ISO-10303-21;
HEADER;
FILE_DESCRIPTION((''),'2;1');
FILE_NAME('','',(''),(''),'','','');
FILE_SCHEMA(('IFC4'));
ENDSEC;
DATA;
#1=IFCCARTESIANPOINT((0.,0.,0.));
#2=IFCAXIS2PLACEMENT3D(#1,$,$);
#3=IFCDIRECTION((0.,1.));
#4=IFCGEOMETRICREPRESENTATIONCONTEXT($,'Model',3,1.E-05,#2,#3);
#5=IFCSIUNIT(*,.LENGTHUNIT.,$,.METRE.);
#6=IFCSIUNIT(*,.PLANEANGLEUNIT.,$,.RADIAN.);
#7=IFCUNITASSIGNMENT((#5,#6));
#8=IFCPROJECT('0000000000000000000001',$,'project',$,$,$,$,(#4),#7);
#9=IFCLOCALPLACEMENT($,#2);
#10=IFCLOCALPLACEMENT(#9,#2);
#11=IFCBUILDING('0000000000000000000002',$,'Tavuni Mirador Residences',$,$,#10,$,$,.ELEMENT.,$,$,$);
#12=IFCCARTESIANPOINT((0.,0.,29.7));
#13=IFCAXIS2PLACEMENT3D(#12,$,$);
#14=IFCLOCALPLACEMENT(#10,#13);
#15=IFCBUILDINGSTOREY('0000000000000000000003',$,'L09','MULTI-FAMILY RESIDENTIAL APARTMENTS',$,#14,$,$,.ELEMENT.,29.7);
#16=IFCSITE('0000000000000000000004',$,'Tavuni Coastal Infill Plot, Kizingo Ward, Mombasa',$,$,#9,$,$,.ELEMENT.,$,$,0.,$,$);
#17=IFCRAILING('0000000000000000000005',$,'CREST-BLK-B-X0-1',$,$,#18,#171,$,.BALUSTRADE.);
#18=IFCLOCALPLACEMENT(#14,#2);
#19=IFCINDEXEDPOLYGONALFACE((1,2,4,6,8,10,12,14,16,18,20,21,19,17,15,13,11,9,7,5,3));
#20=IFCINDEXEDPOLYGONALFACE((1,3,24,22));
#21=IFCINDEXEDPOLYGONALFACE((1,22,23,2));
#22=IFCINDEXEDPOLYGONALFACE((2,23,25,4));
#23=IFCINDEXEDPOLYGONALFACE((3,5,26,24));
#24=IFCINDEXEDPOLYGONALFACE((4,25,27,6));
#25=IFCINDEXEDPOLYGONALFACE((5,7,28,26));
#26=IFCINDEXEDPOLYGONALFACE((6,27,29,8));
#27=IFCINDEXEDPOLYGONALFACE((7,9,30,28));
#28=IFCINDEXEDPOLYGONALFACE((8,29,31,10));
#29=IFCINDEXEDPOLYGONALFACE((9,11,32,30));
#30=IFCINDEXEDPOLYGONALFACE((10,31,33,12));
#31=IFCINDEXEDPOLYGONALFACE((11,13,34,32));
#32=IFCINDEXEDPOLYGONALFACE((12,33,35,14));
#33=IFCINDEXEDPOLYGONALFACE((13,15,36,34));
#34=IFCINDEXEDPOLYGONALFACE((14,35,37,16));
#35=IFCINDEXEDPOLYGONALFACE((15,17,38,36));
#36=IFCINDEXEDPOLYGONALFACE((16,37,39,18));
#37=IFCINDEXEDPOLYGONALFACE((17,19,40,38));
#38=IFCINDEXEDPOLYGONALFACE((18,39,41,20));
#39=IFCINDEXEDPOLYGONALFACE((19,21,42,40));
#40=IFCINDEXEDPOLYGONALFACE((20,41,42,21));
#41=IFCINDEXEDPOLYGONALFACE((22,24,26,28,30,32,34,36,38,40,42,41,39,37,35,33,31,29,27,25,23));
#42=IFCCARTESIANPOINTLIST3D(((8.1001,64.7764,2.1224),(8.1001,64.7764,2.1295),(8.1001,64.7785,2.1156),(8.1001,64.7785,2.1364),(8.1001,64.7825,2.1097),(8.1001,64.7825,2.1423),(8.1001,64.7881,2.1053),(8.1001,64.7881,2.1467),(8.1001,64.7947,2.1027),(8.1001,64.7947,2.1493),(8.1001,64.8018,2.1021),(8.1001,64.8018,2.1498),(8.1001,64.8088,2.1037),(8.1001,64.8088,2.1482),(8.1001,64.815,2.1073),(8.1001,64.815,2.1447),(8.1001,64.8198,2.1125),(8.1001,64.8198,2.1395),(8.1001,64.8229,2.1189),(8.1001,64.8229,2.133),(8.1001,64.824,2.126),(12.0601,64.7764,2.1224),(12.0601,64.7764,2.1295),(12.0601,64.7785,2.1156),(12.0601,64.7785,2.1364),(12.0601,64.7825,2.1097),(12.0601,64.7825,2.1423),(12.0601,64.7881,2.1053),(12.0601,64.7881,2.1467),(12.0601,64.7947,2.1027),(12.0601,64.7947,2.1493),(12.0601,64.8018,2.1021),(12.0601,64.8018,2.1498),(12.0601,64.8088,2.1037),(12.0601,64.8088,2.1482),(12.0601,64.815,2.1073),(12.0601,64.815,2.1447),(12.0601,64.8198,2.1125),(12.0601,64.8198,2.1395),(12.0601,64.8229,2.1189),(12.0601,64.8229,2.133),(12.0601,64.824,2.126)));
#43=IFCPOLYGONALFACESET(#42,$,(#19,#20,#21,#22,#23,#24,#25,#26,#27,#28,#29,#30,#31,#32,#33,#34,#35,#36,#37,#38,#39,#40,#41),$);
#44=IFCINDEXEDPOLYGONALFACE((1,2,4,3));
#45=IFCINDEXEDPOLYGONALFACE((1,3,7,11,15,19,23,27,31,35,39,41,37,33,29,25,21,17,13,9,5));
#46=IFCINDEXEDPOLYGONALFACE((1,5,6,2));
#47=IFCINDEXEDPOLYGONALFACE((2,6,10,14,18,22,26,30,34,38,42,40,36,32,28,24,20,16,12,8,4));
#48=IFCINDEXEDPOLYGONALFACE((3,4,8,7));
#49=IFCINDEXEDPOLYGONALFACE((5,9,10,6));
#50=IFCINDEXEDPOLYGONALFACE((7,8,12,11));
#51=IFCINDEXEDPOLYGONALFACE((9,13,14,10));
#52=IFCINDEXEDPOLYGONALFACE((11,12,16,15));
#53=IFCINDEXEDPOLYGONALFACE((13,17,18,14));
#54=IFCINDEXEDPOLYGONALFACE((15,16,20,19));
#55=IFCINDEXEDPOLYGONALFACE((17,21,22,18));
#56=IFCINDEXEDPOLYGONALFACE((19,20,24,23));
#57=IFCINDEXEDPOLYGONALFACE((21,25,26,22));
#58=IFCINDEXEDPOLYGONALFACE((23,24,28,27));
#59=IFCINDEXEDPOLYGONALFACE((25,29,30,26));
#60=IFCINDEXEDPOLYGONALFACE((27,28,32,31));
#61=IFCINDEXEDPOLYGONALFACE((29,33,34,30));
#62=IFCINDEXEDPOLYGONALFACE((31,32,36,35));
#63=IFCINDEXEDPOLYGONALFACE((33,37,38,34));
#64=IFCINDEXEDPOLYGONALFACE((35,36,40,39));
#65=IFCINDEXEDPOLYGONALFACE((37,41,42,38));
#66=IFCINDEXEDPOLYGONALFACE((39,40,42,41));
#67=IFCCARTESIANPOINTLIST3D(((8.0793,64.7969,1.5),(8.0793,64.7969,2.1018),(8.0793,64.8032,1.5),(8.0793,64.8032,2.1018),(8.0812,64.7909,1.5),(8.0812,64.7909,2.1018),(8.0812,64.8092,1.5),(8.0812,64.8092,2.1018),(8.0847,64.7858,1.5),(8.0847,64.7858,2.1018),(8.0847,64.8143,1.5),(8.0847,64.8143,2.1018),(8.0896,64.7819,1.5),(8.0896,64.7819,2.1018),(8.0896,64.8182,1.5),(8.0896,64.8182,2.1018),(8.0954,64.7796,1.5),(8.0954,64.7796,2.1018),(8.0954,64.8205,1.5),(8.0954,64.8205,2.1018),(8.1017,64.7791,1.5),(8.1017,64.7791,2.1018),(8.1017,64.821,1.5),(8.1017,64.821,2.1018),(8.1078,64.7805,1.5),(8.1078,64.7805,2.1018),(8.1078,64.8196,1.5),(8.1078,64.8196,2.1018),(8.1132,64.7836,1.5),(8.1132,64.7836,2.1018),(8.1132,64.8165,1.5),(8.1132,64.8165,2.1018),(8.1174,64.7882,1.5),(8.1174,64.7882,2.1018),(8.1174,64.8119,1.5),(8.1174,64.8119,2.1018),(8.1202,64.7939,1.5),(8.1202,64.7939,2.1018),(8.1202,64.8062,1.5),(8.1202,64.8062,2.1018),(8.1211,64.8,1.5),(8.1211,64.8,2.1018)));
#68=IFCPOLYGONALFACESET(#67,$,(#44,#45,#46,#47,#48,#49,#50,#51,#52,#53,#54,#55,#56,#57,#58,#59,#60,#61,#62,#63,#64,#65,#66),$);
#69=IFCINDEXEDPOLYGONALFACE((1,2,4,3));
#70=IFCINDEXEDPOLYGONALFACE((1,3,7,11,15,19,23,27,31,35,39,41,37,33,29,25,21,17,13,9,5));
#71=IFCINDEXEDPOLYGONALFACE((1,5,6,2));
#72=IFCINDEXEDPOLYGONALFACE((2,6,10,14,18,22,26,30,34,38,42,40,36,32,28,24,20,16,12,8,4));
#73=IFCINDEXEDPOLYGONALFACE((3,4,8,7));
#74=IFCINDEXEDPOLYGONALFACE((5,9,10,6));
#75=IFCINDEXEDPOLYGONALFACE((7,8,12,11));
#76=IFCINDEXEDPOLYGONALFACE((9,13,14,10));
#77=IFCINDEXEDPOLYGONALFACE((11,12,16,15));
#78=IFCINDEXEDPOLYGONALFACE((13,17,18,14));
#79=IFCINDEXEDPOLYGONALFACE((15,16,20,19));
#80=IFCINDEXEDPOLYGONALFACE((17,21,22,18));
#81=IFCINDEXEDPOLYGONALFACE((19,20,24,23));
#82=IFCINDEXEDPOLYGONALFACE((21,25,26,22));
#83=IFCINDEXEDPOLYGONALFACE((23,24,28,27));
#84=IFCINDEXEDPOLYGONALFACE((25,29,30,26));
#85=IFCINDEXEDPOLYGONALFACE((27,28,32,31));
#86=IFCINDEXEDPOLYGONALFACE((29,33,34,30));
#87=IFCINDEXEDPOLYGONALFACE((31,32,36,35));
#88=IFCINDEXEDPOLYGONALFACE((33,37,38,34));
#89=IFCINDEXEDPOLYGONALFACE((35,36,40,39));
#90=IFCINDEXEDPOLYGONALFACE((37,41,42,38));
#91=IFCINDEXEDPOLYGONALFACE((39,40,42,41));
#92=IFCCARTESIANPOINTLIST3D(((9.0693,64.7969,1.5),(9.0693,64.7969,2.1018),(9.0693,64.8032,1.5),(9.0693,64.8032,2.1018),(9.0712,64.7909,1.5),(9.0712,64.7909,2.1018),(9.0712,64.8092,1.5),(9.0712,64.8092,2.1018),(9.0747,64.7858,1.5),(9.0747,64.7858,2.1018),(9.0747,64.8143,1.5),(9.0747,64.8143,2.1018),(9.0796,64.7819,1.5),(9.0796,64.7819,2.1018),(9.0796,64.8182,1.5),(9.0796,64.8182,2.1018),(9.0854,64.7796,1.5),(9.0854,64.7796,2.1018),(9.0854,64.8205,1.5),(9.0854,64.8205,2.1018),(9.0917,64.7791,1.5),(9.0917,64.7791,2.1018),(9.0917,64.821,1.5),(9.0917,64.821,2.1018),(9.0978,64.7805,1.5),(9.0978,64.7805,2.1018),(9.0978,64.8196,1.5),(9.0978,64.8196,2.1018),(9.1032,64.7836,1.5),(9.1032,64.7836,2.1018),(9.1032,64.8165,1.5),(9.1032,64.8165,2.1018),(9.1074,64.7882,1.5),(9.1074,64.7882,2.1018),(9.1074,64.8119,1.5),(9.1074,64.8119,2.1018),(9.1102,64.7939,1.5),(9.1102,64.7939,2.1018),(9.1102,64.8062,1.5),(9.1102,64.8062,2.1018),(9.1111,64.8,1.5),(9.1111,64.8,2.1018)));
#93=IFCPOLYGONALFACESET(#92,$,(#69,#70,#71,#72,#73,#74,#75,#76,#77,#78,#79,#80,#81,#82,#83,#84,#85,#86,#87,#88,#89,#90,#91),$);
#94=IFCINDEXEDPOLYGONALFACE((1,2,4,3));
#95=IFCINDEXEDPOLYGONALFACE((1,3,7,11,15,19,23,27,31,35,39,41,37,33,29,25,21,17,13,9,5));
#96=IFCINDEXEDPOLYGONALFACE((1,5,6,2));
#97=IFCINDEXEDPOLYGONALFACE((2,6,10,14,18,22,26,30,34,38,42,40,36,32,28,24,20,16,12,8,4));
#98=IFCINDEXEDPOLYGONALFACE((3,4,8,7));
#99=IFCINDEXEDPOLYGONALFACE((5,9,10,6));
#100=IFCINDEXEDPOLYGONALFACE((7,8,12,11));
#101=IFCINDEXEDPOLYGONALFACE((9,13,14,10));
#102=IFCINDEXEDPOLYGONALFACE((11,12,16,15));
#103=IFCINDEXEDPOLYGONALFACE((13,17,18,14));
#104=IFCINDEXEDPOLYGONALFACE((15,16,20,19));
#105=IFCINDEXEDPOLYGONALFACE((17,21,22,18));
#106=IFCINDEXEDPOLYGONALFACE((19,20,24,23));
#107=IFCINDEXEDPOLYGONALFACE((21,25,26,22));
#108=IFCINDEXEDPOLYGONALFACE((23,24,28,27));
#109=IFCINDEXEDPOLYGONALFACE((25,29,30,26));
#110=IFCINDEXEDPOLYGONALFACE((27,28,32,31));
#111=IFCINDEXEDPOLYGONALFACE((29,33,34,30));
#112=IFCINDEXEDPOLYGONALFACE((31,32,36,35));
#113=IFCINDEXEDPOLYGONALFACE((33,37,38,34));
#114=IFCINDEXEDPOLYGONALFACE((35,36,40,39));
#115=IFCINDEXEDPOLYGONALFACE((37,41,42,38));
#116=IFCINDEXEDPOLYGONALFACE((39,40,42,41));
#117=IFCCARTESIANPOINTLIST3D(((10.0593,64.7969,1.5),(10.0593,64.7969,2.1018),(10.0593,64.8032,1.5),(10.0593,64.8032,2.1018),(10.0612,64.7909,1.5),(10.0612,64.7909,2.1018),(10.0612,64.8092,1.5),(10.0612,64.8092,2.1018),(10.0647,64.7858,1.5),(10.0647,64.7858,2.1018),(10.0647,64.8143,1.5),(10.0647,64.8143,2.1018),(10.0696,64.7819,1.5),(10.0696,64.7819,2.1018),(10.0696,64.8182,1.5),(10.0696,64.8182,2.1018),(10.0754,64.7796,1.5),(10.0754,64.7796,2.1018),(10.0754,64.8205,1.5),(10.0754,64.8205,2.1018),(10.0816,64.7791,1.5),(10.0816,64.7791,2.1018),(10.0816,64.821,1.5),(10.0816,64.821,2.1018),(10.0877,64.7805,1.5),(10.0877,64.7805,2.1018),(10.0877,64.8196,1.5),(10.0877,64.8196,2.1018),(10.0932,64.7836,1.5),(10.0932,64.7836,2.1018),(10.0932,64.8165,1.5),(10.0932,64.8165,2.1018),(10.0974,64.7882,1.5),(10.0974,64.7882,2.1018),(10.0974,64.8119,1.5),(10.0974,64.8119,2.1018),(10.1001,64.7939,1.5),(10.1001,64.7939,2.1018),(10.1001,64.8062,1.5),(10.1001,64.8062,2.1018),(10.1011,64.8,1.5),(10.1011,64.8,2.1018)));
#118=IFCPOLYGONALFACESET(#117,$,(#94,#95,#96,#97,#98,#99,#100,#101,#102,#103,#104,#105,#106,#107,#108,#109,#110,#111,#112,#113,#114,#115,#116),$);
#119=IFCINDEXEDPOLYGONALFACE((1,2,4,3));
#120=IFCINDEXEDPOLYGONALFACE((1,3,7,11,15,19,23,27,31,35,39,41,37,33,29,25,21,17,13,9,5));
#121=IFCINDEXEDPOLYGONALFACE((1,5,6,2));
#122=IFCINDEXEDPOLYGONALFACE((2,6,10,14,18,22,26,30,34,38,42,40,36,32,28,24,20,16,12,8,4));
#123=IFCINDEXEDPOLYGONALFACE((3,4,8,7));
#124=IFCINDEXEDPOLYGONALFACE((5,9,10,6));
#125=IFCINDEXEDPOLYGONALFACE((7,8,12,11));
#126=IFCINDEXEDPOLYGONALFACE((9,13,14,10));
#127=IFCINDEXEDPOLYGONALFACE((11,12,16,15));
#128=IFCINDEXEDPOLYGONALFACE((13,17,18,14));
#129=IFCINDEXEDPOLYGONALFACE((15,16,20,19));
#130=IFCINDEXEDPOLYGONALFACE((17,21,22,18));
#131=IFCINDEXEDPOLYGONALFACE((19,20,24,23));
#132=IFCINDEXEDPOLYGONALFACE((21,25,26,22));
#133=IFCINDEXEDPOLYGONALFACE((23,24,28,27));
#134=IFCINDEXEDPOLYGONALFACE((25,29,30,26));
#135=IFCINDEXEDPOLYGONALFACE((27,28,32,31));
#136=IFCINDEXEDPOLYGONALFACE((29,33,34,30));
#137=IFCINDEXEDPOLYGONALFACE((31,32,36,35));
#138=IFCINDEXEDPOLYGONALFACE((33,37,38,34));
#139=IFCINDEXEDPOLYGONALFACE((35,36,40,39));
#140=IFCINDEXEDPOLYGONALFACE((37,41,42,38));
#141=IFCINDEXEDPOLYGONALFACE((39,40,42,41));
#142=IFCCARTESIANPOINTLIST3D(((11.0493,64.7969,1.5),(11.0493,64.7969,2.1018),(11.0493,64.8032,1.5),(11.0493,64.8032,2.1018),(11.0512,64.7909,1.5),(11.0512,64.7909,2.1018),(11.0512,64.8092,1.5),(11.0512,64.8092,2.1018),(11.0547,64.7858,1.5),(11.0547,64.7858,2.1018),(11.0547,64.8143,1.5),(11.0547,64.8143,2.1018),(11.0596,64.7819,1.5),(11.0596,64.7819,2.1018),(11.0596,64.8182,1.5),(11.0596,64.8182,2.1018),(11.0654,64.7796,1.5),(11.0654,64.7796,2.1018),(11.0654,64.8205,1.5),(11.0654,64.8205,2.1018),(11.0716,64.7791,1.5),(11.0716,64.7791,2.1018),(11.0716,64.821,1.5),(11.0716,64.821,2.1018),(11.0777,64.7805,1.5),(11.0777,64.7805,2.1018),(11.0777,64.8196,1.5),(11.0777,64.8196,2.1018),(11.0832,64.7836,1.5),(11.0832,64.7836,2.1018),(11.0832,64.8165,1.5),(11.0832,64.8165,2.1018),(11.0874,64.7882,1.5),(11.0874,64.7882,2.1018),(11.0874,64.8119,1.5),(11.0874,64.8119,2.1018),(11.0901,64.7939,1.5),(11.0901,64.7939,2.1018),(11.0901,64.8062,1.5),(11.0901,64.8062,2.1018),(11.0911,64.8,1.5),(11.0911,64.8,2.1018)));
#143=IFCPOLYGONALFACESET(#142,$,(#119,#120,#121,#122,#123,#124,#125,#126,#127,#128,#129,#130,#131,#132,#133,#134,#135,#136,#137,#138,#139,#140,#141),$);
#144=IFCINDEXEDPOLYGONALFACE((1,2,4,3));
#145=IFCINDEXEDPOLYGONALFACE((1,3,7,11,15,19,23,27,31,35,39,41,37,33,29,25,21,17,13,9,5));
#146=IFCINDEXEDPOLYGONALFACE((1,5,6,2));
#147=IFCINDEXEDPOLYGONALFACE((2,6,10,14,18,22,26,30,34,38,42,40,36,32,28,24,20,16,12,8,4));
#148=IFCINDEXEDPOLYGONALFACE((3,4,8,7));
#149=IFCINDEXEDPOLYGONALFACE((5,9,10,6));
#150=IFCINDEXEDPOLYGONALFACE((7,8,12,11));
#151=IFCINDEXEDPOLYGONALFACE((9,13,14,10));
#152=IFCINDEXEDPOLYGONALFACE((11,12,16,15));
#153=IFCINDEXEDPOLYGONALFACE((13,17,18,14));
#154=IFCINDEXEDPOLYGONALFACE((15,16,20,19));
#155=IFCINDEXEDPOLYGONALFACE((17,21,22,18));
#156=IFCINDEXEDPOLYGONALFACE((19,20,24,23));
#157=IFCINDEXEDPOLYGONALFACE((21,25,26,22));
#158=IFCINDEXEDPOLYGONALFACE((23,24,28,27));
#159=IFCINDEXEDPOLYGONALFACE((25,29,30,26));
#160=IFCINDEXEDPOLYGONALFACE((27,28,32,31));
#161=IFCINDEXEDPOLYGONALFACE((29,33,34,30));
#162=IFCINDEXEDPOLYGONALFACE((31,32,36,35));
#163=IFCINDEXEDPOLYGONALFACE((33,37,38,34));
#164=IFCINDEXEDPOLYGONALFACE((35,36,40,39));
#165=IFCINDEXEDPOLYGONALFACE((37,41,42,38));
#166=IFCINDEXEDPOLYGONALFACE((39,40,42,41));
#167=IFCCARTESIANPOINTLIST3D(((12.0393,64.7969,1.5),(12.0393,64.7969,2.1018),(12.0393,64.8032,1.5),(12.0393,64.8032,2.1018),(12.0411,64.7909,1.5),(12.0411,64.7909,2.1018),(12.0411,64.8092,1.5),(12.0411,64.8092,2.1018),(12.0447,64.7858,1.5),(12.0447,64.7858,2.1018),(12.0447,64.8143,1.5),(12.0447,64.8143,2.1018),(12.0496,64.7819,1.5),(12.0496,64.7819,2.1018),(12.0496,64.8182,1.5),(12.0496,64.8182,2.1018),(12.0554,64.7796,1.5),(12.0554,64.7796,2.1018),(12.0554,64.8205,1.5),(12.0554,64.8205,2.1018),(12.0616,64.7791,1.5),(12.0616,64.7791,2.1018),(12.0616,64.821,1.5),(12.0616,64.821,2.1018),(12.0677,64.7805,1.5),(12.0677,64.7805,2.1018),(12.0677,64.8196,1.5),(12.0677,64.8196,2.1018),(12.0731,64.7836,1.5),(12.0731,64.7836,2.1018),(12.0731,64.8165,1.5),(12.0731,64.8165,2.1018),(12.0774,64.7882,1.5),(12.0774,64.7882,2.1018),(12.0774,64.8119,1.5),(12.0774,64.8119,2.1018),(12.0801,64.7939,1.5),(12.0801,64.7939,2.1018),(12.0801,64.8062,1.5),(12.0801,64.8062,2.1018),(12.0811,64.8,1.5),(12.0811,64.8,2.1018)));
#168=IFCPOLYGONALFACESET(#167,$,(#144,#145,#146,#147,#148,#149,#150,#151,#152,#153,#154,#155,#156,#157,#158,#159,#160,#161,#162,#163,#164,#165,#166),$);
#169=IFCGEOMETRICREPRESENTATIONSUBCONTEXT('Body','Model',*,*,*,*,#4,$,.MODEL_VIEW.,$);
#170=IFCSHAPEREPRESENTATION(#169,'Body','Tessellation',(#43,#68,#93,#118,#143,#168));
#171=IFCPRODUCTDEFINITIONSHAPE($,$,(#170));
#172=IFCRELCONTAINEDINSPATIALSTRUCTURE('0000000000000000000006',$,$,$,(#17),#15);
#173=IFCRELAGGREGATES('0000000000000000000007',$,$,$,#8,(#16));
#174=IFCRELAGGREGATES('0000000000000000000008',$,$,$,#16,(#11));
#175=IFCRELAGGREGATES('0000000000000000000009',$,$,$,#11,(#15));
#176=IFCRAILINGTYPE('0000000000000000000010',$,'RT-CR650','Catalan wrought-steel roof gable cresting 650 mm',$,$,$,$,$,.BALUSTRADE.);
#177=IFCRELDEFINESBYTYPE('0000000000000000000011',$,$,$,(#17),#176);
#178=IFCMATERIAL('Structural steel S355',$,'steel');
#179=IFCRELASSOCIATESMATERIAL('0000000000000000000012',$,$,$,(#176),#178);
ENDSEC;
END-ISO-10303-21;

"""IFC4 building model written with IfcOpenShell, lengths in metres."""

from ifc_helpers import new_model, si_unit, direction, frame, origin, origin_2d, place, context, subcontext, project, spatial, circle, extrude, material, type_object, element, save


model = new_model("IFC4")

# Units and contexts
model_context = context("Model", 3, precision=1e-05, world=origin(), true_north=direction((0.0, 1.0)))
body_context = subcontext(model_context, "Body", "Model", "MODEL_VIEW")
ifc_project = project(units=[si_unit("LENGTHUNIT", "METRE"), si_unit("PLANEANGLEUNIT", "RADIAN")], contexts=[model_context])

# Site, building, storey
site_placement = place(None, origin())
site = spatial("IfcSite", under=ifc_project, at=site_placement, Name="Tavuni Coastal Infill Plot, Kizingo Ward, Mombasa", CompositionType="ELEMENT", RefElevation=0.0)
building_placement = place(site_placement, origin())
building = spatial("IfcBuilding", under=site, at=building_placement, Name="Tavuni Mirador Residences", CompositionType="ELEMENT")
storey_placement = place(building_placement, frame((0.0, 0.0, 29.7)))
storey = spatial("IfcBuildingStorey", under=building, at=storey_placement, Name="L09", Description="MULTI-FAMILY RESIDENTIAL APARTMENTS", CompositionType="ELEMENT", Elevation=29.7)

# Shared definitions
ifc_material_1 = material(Name="Structural steel S355", Category="steel")

# Railing
railing_type = type_object("IfcRailingType", Name="RT-CR650", Description="Catalan wrought-steel roof gable cresting 650 mm", PredefinedType="BALUSTRADE", material=ifc_material_1)
for number, where, name in (
    (1, (8.1001, 64.8, 1.5), "CREST-BLK-B-X0-1"),
):
    element("IfcRailing", number, at=place(storey_placement, frame(where)), inside=storey, type_object=railing_type, Name=name, PredefinedType="BALUSTRADE", context=body_context, shape_type="SweptSolid", body=[
        extrude(circle(Radius=0.0239, at=origin_2d()), frame((0.0, 0.0, 0.626), z_axis=(1.0, 0.0, 0.0), x_axis=(0.0, 1.0, 0.0)), (0.0, 0.0, 1.0), 3.96),
        extrude(circle(Radius=0.021, at=origin_2d()), origin(), (0.0, 0.0, 1.0), 0.6018),
        extrude(circle(Radius=0.021, at=origin_2d()), frame((0.99, 0.0, 0.0)), (0.0, 0.0, 1.0), 0.6018),
        extrude(circle(Radius=0.021, at=origin_2d()), frame((1.98, 0.0, 0.0)), (0.0, 0.0, 1.0), 0.6018),
        extrude(circle(Radius=0.021, at=origin_2d()), frame((2.97, 0.0, 0.0)), (0.0, 0.0, 1.0), 0.6018),
        extrude(circle(Radius=0.021, at=origin_2d()), frame((3.96, 0.0, 0.0)), (0.0, 0.0, 1.0), 0.6018),
    ])

save(model, "model.ifc")
